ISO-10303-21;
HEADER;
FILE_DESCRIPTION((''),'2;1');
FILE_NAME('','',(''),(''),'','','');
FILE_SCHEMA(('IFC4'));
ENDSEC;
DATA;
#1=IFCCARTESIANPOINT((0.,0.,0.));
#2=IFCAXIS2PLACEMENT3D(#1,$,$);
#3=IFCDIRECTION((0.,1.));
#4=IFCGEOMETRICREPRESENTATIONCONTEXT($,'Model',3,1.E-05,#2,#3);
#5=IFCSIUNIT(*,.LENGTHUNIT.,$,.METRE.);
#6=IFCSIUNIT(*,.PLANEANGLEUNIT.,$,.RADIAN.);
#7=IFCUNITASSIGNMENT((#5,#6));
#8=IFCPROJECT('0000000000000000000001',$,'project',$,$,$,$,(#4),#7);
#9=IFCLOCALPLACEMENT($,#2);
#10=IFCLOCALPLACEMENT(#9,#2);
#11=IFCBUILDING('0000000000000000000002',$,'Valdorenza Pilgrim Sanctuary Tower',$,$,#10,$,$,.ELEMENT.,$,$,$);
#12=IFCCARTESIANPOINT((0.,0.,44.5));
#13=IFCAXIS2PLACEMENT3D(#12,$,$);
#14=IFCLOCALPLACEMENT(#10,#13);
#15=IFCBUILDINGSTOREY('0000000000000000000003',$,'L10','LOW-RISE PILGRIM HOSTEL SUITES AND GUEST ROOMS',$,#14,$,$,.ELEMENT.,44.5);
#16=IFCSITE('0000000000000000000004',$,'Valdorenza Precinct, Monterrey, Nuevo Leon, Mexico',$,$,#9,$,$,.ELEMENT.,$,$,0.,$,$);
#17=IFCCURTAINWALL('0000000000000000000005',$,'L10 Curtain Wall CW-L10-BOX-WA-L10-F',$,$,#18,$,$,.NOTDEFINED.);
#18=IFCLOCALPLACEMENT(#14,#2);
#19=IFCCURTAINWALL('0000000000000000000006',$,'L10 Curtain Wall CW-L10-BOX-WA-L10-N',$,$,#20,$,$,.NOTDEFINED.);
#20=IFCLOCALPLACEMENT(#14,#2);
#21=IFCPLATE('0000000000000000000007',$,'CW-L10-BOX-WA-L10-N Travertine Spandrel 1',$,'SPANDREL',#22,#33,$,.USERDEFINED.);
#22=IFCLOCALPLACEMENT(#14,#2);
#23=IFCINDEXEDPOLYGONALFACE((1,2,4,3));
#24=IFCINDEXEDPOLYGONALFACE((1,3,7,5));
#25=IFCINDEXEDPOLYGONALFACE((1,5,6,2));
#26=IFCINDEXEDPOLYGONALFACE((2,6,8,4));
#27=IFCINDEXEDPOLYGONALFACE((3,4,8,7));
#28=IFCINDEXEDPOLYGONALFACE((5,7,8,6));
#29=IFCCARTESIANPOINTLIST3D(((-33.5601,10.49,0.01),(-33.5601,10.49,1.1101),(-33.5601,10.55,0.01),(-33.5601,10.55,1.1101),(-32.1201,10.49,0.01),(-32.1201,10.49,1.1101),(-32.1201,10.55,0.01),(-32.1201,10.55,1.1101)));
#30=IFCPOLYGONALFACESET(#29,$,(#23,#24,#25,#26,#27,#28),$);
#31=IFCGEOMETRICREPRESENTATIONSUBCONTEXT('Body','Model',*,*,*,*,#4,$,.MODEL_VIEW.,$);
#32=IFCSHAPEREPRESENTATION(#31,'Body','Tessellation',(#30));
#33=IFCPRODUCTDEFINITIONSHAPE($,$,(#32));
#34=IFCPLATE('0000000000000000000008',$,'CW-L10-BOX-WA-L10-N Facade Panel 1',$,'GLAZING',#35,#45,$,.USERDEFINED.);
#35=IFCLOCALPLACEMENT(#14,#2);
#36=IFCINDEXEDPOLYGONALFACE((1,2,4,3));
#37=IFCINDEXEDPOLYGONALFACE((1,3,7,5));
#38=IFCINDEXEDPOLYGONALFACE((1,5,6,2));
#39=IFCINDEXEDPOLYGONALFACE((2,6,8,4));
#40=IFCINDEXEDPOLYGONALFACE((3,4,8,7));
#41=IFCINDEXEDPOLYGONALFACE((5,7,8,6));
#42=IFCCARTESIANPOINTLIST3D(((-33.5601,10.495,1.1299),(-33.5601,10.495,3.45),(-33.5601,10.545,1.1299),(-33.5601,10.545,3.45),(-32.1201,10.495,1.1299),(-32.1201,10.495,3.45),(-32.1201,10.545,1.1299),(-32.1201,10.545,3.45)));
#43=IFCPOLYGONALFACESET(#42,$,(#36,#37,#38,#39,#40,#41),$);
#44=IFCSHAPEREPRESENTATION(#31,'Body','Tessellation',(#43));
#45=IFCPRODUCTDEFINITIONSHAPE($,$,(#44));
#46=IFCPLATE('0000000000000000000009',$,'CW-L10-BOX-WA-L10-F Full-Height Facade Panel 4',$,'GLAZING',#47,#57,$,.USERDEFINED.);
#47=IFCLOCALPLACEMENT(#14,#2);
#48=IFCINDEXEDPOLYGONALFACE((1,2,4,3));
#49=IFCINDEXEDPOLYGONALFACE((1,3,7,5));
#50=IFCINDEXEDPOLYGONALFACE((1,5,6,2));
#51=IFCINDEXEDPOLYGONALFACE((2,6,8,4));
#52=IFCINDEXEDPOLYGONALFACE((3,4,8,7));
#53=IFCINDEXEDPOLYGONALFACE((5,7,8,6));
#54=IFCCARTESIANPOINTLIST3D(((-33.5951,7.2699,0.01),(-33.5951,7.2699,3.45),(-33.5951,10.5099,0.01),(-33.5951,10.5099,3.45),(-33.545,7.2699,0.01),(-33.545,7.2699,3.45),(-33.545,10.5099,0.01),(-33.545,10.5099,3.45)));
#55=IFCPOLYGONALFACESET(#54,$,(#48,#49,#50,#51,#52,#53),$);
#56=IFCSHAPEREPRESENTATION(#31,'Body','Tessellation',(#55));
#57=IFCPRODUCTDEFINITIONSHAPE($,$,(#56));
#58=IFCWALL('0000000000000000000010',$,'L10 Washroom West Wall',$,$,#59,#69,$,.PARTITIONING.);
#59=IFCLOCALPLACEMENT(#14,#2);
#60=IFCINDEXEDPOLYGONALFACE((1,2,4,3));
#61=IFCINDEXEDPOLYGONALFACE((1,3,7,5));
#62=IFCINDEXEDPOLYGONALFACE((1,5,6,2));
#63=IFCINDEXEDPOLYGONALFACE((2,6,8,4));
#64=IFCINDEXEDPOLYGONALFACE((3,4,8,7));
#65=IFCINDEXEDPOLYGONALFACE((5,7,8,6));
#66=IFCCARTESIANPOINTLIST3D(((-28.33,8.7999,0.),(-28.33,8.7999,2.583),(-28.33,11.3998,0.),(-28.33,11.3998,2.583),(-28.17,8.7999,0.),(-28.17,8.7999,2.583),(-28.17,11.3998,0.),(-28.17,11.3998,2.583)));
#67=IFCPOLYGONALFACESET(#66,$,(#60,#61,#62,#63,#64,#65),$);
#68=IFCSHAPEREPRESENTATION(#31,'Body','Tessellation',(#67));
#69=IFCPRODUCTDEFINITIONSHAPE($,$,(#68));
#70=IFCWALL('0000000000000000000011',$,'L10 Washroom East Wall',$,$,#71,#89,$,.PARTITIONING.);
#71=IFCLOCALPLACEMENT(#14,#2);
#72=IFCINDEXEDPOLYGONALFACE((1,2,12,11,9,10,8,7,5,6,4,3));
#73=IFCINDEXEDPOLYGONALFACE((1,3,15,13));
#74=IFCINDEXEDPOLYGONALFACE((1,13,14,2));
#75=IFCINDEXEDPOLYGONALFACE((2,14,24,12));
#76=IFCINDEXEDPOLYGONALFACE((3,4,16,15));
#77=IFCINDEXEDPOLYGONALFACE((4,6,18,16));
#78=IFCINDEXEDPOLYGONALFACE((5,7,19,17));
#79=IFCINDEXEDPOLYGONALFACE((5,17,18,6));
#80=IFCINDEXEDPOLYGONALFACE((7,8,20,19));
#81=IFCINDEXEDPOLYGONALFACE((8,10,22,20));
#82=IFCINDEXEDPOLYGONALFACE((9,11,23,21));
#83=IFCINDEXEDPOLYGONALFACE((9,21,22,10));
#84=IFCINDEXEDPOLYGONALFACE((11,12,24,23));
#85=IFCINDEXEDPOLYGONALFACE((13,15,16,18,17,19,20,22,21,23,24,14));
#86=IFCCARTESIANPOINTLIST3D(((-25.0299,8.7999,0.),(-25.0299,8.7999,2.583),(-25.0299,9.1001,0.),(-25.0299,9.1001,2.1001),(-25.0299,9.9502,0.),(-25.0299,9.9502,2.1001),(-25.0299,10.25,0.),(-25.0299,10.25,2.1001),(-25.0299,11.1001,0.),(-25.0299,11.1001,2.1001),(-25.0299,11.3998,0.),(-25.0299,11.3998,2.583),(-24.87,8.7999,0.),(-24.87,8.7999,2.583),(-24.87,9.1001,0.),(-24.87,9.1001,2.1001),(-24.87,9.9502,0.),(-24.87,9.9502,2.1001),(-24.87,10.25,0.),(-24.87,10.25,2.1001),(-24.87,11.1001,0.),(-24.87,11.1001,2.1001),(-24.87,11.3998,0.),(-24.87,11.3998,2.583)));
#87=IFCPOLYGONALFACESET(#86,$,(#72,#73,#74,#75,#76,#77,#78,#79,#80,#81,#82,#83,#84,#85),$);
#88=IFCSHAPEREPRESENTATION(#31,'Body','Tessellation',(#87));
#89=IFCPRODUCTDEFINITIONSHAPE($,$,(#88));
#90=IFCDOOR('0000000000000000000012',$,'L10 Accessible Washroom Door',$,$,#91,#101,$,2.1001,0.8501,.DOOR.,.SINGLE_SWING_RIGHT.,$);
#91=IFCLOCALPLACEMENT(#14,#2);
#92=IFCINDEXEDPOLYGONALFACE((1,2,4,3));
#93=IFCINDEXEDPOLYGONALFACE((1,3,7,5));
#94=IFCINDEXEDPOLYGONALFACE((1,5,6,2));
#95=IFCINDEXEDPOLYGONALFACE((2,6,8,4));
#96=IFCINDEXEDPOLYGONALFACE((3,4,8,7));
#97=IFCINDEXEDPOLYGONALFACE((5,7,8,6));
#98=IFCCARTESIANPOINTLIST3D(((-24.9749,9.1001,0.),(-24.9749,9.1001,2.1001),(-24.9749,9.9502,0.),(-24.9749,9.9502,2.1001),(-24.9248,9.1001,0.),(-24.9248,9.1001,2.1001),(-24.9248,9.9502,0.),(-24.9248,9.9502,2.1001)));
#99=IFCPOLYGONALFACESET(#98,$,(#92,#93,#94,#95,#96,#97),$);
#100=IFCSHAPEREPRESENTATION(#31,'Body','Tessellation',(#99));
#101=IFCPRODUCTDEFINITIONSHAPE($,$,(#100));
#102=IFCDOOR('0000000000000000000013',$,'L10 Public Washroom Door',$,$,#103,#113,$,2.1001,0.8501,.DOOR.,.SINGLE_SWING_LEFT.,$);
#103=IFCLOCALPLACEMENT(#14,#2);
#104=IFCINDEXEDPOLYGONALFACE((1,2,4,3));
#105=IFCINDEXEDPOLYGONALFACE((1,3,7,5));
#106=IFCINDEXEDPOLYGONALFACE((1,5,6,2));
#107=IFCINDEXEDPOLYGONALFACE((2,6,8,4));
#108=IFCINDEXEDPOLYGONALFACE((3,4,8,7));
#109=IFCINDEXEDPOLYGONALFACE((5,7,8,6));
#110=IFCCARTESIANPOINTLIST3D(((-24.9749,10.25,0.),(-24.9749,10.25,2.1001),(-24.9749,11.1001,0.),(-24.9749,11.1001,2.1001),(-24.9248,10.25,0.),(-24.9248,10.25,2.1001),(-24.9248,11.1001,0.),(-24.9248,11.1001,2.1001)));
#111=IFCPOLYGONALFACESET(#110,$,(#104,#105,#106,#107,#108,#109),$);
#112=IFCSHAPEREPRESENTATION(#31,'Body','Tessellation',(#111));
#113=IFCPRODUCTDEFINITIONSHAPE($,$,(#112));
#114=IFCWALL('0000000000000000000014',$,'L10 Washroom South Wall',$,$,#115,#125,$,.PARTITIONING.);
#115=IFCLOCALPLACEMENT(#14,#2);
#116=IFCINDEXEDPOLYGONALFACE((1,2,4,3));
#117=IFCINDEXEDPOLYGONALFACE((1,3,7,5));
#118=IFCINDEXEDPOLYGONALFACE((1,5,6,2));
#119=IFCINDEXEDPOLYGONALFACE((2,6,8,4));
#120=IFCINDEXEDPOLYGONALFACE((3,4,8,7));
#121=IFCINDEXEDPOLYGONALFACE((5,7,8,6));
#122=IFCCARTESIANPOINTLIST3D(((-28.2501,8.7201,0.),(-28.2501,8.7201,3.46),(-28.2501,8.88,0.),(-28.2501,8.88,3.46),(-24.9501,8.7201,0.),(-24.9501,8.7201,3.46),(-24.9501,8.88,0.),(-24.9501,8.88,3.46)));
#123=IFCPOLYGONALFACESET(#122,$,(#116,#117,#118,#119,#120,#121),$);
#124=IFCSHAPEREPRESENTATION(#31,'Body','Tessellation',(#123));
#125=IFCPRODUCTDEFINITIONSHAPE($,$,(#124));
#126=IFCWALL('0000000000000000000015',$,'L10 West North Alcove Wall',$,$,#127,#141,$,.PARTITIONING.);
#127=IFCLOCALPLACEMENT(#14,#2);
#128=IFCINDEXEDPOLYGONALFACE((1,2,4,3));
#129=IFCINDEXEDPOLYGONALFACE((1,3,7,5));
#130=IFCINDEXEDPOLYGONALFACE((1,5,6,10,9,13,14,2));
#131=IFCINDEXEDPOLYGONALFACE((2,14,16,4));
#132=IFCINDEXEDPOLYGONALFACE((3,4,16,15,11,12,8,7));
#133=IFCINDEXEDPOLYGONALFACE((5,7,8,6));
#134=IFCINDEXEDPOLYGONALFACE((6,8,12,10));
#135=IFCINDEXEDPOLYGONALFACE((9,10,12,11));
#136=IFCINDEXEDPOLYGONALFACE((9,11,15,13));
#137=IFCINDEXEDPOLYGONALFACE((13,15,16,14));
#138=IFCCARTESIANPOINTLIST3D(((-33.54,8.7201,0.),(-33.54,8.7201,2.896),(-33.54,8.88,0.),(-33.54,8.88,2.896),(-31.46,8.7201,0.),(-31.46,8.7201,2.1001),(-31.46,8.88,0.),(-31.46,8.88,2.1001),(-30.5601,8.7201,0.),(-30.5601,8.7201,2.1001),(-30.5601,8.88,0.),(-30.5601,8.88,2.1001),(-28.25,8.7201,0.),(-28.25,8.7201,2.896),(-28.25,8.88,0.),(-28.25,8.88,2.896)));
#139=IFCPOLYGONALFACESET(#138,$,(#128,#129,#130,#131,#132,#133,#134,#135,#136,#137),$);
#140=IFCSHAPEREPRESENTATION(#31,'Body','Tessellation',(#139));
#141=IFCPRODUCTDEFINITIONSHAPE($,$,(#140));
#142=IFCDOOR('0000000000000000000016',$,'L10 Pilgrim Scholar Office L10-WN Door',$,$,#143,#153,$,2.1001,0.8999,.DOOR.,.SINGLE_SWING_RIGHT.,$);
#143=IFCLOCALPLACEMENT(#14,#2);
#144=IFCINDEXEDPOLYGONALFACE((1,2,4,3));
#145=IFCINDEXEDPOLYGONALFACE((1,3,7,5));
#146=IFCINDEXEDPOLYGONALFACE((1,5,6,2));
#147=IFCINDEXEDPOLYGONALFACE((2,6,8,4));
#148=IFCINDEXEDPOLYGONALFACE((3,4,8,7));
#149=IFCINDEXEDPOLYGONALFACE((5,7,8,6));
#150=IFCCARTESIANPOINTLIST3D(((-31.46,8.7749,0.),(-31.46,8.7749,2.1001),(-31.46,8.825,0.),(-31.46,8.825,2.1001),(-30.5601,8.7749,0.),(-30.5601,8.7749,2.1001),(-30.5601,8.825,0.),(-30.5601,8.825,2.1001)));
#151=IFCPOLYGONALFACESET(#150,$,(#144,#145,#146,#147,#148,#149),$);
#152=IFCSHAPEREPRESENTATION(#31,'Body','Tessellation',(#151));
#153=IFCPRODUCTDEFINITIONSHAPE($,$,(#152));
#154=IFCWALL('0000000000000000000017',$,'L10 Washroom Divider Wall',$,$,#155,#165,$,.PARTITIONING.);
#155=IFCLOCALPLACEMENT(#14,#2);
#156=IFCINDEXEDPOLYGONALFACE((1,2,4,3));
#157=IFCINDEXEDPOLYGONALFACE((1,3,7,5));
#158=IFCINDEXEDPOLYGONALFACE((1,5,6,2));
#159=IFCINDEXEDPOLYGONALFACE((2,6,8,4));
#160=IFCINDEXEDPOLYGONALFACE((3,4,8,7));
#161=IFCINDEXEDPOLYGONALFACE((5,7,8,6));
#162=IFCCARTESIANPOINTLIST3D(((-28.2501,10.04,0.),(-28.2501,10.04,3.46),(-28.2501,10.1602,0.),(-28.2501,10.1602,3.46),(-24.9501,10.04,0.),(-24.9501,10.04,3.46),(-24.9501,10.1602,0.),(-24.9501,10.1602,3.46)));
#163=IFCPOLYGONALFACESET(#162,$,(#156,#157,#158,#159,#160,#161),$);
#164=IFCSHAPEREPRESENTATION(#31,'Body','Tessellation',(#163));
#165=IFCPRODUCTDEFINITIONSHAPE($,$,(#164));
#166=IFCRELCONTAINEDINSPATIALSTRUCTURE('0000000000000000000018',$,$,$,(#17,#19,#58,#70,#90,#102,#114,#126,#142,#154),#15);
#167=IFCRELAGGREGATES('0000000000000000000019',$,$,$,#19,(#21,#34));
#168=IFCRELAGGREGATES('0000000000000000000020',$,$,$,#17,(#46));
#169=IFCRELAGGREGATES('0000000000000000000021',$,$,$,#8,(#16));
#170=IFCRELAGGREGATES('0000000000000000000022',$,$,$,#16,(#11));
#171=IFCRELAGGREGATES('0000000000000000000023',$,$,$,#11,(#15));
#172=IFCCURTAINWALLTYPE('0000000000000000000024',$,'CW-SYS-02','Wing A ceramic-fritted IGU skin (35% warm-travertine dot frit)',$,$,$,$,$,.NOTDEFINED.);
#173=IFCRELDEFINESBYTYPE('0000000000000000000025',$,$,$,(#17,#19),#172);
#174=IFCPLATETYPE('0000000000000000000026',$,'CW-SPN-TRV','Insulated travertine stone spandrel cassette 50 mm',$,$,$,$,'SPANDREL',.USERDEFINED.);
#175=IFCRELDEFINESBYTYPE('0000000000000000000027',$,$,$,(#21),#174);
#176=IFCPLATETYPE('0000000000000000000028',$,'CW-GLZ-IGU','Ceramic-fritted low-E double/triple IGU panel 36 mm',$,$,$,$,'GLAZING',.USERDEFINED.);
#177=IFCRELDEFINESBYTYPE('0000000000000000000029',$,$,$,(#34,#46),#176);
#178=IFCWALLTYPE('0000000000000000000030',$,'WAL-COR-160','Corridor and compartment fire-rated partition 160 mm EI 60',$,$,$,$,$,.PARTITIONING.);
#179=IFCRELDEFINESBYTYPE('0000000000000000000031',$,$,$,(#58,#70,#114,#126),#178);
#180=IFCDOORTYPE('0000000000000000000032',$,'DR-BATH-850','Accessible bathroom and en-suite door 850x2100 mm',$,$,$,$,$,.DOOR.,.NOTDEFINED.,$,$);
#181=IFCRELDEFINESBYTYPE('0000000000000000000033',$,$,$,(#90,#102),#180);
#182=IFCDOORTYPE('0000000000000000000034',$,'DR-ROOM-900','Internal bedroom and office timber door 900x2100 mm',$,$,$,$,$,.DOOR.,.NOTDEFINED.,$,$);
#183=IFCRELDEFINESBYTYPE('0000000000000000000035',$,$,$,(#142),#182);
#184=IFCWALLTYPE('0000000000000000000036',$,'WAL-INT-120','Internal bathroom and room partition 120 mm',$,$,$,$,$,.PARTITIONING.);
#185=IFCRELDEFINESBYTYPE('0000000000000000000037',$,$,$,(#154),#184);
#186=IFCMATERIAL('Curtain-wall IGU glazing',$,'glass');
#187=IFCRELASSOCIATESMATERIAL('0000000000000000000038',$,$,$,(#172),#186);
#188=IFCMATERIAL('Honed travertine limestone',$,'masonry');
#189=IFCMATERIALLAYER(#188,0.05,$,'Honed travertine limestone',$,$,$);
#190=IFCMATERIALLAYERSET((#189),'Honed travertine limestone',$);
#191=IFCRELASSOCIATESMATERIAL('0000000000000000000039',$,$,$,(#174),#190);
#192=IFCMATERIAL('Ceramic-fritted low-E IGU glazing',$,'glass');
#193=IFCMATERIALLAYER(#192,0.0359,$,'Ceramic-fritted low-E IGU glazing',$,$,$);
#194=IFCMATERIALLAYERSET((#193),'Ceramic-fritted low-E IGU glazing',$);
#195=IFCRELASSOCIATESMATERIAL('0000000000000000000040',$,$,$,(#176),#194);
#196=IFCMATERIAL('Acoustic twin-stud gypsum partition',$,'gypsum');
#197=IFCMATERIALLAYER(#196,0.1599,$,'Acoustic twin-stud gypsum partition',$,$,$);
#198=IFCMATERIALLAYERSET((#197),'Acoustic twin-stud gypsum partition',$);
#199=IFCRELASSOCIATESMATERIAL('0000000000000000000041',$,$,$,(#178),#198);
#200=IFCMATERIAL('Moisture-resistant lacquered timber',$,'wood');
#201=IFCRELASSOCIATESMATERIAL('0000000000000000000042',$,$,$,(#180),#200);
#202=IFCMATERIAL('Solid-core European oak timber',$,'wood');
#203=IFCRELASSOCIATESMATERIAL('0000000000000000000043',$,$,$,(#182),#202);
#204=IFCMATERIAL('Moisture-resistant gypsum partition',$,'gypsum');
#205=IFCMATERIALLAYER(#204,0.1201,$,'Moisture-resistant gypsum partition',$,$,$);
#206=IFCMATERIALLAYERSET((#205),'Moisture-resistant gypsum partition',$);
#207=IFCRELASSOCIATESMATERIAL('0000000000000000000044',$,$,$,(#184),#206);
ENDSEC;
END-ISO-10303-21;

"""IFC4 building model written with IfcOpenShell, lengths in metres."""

from ifc_helpers import new_model, si_unit, direction, frame, frame_2d, origin, origin_2d, place, context, subcontext, project, spatial, rectangle, extrude, source, transform, mapped, material, layer, layer_set, type_object, element, fill, aggregate, save


model = new_model("IFC4")

# Units and contexts
model_context = context("Model", 3, precision=1e-05, world=origin(), true_north=direction((0.0, 1.0)))
body_context = subcontext(model_context, "Body", "Model", "MODEL_VIEW")
ifc_project = project(units=[si_unit("LENGTHUNIT", "METRE"), si_unit("PLANEANGLEUNIT", "RADIAN")], contexts=[model_context])

# Site, building, storey
site_placement = place(None, origin())
site = spatial("IfcSite", under=ifc_project, at=site_placement, Name="Valdorenza Precinct, Monterrey, Nuevo Leon, Mexico", CompositionType="ELEMENT", RefElevation=0.0)
building_placement = place(site_placement, origin())
building = spatial("IfcBuilding", under=site, at=building_placement, Name="Valdorenza Pilgrim Sanctuary Tower", CompositionType="ELEMENT")
storey_placement = place(building_placement, frame((0.0, 0.0, 44.5)))
storey = spatial("IfcBuildingStorey", under=building, at=storey_placement, Name="L10", Description="LOW-RISE PILGRIM HOSTEL SUITES AND GUEST ROOMS", CompositionType="ELEMENT", Elevation=44.5)

# Curtain wall
ifc_material_1 = material(Name="Curtain-wall IGU glazing", Category="glass")
curtain_wall_type = type_object("IfcCurtainWallType", Name="CW-SYS-02", Description="Wing A ceramic-fritted IGU skin (35% warm-travertine dot frit)", PredefinedType="NOTDEFINED", material=ifc_material_1)
curtain_wall_1_placement = place(storey_placement, origin())
curtain_wall_1 = element("IfcCurtainWall", 1, at=curtain_wall_1_placement, inside=storey, type_object=curtain_wall_type, Name="L10 Curtain Wall CW-L10-BOX-WA-L10-F", PredefinedType="NOTDEFINED")

# Curtain wall
curtain_wall_2_placement = place(storey_placement, origin())
curtain_wall_2 = element("IfcCurtainWall", 2, at=curtain_wall_2_placement, inside=storey, type_object=curtain_wall_type, Name="L10 Curtain Wall CW-L10-BOX-WA-L10-N", PredefinedType="NOTDEFINED")

# Plates
ifc_material_2 = material(Name="Honed travertine limestone", Category="masonry")
ifc_layer_1 = layer(ifc_material_2, 0.05, Name="Honed travertine limestone")
ifc_layer_set_1 = layer_set([ifc_layer_1], Name="Honed travertine limestone")
plate_type_1 = type_object("IfcPlateType", Name="CW-SPN-TRV", Description="Insulated travertine stone spandrel cassette 50 mm", ElementType="SPANDREL", PredefinedType="USERDEFINED", material=ifc_layer_set_1)
shared_shape_1 = source(origin(), body_context, "Body", "SweptSolid", [
    extrude(rectangle(XDim=1.4399, YDim=0.0601, at=origin_2d()), origin(), (0.0, 0.0, 1.0), 1.1001),
])
plate_1_placement = place(storey_placement, frame((-32.8401, 10.52, 0.01), z_axis=(0.0, 0.0, 1.0), x_axis=(1.0, 0.0, 0.0)))
plate_1 = element("IfcPlate", 3, at=plate_1_placement, type_object=plate_type_1, Name="CW-L10-BOX-WA-L10-N Travertine Spandrel 1", ObjectType="SPANDREL", PredefinedType="USERDEFINED", context=body_context, shape_type="MappedRepresentation", body=[
    mapped(shared_shape_1, transform((0.0, 0.0, 0.0), x_axis=(1.0, 0.0, 0.0), y_axis=(0.0, 1.0, 0.0), z_axis=(0.0, 0.0, 1.0), scale=1.0)),
])
ifc_material_3 = material(Name="Ceramic-fritted low-E IGU glazing", Category="glass")
ifc_layer_2 = layer(ifc_material_3, 0.0359, Name="Ceramic-fritted low-E IGU glazing")
ifc_layer_set_2 = layer_set([ifc_layer_2], Name="Ceramic-fritted low-E IGU glazing")
plate_type_2 = type_object("IfcPlateType", Name="CW-GLZ-IGU", Description="Ceramic-fritted low-E double/triple IGU panel 36 mm", ElementType="GLAZING", PredefinedType="USERDEFINED", material=ifc_layer_set_2)
shared_shape_2 = source(origin(), body_context, "Body", "SweptSolid", [
    extrude(rectangle(XDim=1.4399, YDim=0.05, at=origin_2d()), origin(), (0.0, 0.0, 1.0), 2.3201),
])
plate_2_placement = place(storey_placement, frame((-32.8401, 10.52, 1.1299), z_axis=(0.0, 0.0, 1.0), x_axis=(1.0, 0.0, 0.0)))
plate_2 = element("IfcPlate", 4, at=plate_2_placement, type_object=plate_type_2, Name="CW-L10-BOX-WA-L10-N Facade Panel 1", ObjectType="GLAZING", PredefinedType="USERDEFINED", context=body_context, shape_type="MappedRepresentation", body=[
    mapped(shared_shape_2, transform((0.0, 0.0, 0.0), x_axis=(1.0, 0.0, 0.0), y_axis=(0.0, 1.0, 0.0), z_axis=(0.0, 0.0, 1.0), scale=1.0)),
])
aggregate(curtain_wall_2, [plate_1, plate_2])
shared_shape_3 = source(origin(), body_context, "Body", "SweptSolid", [
    extrude(rectangle(XDim=3.24, YDim=0.05, at=origin_2d()), origin(), (0.0, 0.0, 1.0), 3.4399),
])
plate_3_placement = place(storey_placement, frame((-33.5701, 8.8899, 0.01), z_axis=(0.0, 0.0, 1.0), x_axis=(0.0, 1.0, 0.0)))
plate_3 = element("IfcPlate", 5, at=plate_3_placement, type_object=plate_type_2, Name="CW-L10-BOX-WA-L10-F Full-Height Facade Panel 4", ObjectType="GLAZING", PredefinedType="USERDEFINED", context=body_context, shape_type="MappedRepresentation", body=[
    mapped(shared_shape_3, transform((0.0, 0.0, 0.0), x_axis=(1.0, 0.0, 0.0), y_axis=(0.0, 1.0, 0.0), z_axis=(0.0, 0.0, 1.0), scale=1.0)),
])
aggregate(curtain_wall_1, [plate_3])

# Wall
ifc_material_4 = material(Name="Acoustic twin-stud gypsum partition", Category="gypsum")
ifc_layer_3 = layer(ifc_material_4, 0.1599, Name="Acoustic twin-stud gypsum partition")
ifc_layer_set_3 = layer_set([ifc_layer_3], Name="Acoustic twin-stud gypsum partition")
wall_type_1 = type_object("IfcWallType", Name="WAL-COR-160", Description="Corridor and compartment fire-rated partition 160 mm EI 60", PredefinedType="PARTITIONING", material=ifc_layer_set_3)
wall_1_placement = place(storey_placement, frame((-28.25, 8.8, 0.0), z_axis=(0.0, 0.0, 1.0), x_axis=(0.0, 1.0, 0.0)))
element("IfcWall", 6, at=wall_1_placement, inside=storey, type_object=wall_type_1, Name="L10 Washroom West Wall", PredefinedType="PARTITIONING", context=body_context, shape_type="SweptSolid", body=[
    extrude(rectangle(XDim=2.5999, YDim=0.1599, at=frame_2d((1.2998, 0.0))), origin(), (0.0, 0.0, 1.0), 2.583),
])

# Wall, openings, doors
wall_2_placement = place(storey_placement, frame((-24.95, 8.8, 0.0), z_axis=(0.0, 0.0, 1.0), x_axis=(0.0, 1.0, 0.0)))
wall_2 = element("IfcWall", 7, at=wall_2_placement, inside=storey, type_object=wall_type_1, Name="L10 Washroom East Wall", PredefinedType="PARTITIONING", context=body_context, shape_type="SweptSolid", body=[
    extrude(rectangle(XDim=2.5999, YDim=0.1599, at=frame_2d((1.2998, 0.0))), origin(), (0.0, 0.0, 1.0), 2.583),
])
opening_1_placement = place(wall_2_placement, frame((0.3, 0.0, 0.0)))
opening_1 = element("IfcOpeningElement", 8, at=opening_1_placement, cuts=wall_2, PredefinedType="OPENING", context=body_context, shape_type="SweptSolid", body=[
    extrude(rectangle(XDim=0.8501, YDim=2.1001, at=frame_2d((0.425, 1.05))), frame((0.0, 0.0947, 0.0), z_axis=(0.0, -1.0, 0.0), x_axis=(1.0, 0.0, 0.0)), (0.0, 0.0, 1.0), 0.1897),
])
opening_2_placement = place(wall_2_placement, frame((1.45, 0.0, 0.0)))
opening_2 = element("IfcOpeningElement", 9, at=opening_2_placement, cuts=wall_2, PredefinedType="OPENING", context=body_context, shape_type="SweptSolid", body=[
    extrude(rectangle(XDim=0.8501, YDim=2.1001, at=frame_2d((0.425, 1.05))), frame((0.0, 0.0947, 0.0), z_axis=(0.0, -1.0, 0.0), x_axis=(1.0, 0.0, 0.0)), (0.0, 0.0, 1.0), 0.1897),
])
ifc_material_5 = material(Name="Moisture-resistant lacquered timber", Category="wood")
door_type_1 = type_object("IfcDoorType", Name="DR-BATH-850", Description="Accessible bathroom and en-suite door 850x2100 mm", OperationType="NOTDEFINED", PredefinedType="DOOR", material=ifc_material_5)
door_1_placement = place(opening_1_placement, origin())
door_1 = element("IfcDoor", 10, at=door_1_placement, inside=storey, type_object=door_type_1, Name="L10 Accessible Washroom Door", OperationType="SINGLE_SWING_RIGHT", OverallHeight=2.1001, OverallWidth=0.8501, PredefinedType="DOOR", context=body_context, shape_type="SweptSolid", body=[
    extrude(rectangle(XDim=0.8501, YDim=2.1001, at=frame_2d((0.425, 1.05))), frame((0.0, 0.0249, 0.0), z_axis=(0.0, -1.0, 0.0), x_axis=(1.0, 0.0, 0.0)), (0.0, 0.0, 1.0), 0.05),
])
fill(opening_1, door_1)
door_2_placement = place(opening_2_placement, origin())
door_2 = element("IfcDoor", 11, at=door_2_placement, inside=storey, type_object=door_type_1, Name="L10 Public Washroom Door", OperationType="SINGLE_SWING_LEFT", OverallHeight=2.1001, OverallWidth=0.8501, PredefinedType="DOOR", context=body_context, shape_type="SweptSolid", body=[
    extrude(rectangle(XDim=0.8501, YDim=2.1001, at=frame_2d((0.425, 1.05))), frame((0.0, 0.0249, 0.0), z_axis=(0.0, -1.0, 0.0), x_axis=(1.0, 0.0, 0.0)), (0.0, 0.0, 1.0), 0.05),
])
fill(opening_2, door_2)

# Wall
wall_3_placement = place(storey_placement, frame((-28.25, 8.8, 0.0), z_axis=(0.0, 0.0, 1.0), x_axis=(1.0, 0.0, 0.0)))
element("IfcWall", 12, at=wall_3_placement, inside=storey, type_object=wall_type_1, Name="L10 Washroom South Wall", PredefinedType="PARTITIONING", context=body_context, shape_type="SweptSolid", body=[
    extrude(rectangle(XDim=3.3, YDim=0.1599, at=frame_2d((1.6499, 0.0))), origin(), (0.0, 0.0, 1.0), 3.46),
])

# Wall, opening, door
wall_4_placement = place(storey_placement, frame((-33.54, 8.8, 0.0), z_axis=(0.0, 0.0, 1.0), x_axis=(1.0, 0.0, 0.0)))
wall_4 = element("IfcWall", 13, at=wall_4_placement, inside=storey, type_object=wall_type_1, Name="L10 West North Alcove Wall", PredefinedType="PARTITIONING", context=body_context, shape_type="SweptSolid", body=[
    extrude(rectangle(XDim=5.29, YDim=0.1599, at=frame_2d((2.645, 0.0))), origin(), (0.0, 0.0, 1.0), 2.896),
])
opening_3_placement = place(wall_4_placement, frame((2.0801, 0.0, 0.0)))
opening_3 = element("IfcOpeningElement", 14, at=opening_3_placement, cuts=wall_4, PredefinedType="OPENING", context=body_context, shape_type="SweptSolid", body=[
    extrude(rectangle(XDim=0.8999, YDim=2.1001, at=frame_2d((0.45, 1.05))), frame((0.0, 0.0947, 0.0), z_axis=(0.0, -1.0, 0.0), x_axis=(1.0, 0.0, 0.0)), (0.0, 0.0, 1.0), 0.1897),
])
ifc_material_6 = material(Name="Solid-core European oak timber", Category="wood")
door_type_2 = type_object("IfcDoorType", Name="DR-ROOM-900", Description="Internal bedroom and office timber door 900x2100 mm", OperationType="NOTDEFINED", PredefinedType="DOOR", material=ifc_material_6)
door_3_placement = place(opening_3_placement, origin())
door_3 = element("IfcDoor", 15, at=door_3_placement, inside=storey, type_object=door_type_2, Name="L10 Pilgrim Scholar Office L10-WN Door", OperationType="SINGLE_SWING_RIGHT", OverallHeight=2.1001, OverallWidth=0.8999, PredefinedType="DOOR", context=body_context, shape_type="SweptSolid", body=[
    extrude(rectangle(XDim=0.8999, YDim=2.1001, at=frame_2d((0.45, 1.05))), frame((0.0, 0.0249, 0.0), z_axis=(0.0, -1.0, 0.0), x_axis=(1.0, 0.0, 0.0)), (0.0, 0.0, 1.0), 0.05),
])
fill(opening_3, door_3)

# Wall
ifc_material_7 = material(Name="Moisture-resistant gypsum partition", Category="gypsum")
ifc_layer_4 = layer(ifc_material_7, 0.1201, Name="Moisture-resistant gypsum partition")
ifc_layer_set_4 = layer_set([ifc_layer_4], Name="Moisture-resistant gypsum partition")
wall_type_2 = type_object("IfcWallType", Name="WAL-INT-120", Description="Internal bathroom and room partition 120 mm", PredefinedType="PARTITIONING", material=ifc_layer_set_4)
wall_5_placement = place(storey_placement, frame((-28.25, 10.1001, 0.0), z_axis=(0.0, 0.0, 1.0), x_axis=(1.0, 0.0, 0.0)))
element("IfcWall", 16, at=wall_5_placement, inside=storey, type_object=wall_type_2, Name="L10 Washroom Divider Wall", PredefinedType="PARTITIONING", context=body_context, shape_type="SweptSolid", body=[
    extrude(rectangle(XDim=3.3, YDim=0.1201, at=frame_2d((1.6499, 0.0))), origin(), (0.0, 0.0, 1.0), 3.46),
])

save(model, "model.ifc")
